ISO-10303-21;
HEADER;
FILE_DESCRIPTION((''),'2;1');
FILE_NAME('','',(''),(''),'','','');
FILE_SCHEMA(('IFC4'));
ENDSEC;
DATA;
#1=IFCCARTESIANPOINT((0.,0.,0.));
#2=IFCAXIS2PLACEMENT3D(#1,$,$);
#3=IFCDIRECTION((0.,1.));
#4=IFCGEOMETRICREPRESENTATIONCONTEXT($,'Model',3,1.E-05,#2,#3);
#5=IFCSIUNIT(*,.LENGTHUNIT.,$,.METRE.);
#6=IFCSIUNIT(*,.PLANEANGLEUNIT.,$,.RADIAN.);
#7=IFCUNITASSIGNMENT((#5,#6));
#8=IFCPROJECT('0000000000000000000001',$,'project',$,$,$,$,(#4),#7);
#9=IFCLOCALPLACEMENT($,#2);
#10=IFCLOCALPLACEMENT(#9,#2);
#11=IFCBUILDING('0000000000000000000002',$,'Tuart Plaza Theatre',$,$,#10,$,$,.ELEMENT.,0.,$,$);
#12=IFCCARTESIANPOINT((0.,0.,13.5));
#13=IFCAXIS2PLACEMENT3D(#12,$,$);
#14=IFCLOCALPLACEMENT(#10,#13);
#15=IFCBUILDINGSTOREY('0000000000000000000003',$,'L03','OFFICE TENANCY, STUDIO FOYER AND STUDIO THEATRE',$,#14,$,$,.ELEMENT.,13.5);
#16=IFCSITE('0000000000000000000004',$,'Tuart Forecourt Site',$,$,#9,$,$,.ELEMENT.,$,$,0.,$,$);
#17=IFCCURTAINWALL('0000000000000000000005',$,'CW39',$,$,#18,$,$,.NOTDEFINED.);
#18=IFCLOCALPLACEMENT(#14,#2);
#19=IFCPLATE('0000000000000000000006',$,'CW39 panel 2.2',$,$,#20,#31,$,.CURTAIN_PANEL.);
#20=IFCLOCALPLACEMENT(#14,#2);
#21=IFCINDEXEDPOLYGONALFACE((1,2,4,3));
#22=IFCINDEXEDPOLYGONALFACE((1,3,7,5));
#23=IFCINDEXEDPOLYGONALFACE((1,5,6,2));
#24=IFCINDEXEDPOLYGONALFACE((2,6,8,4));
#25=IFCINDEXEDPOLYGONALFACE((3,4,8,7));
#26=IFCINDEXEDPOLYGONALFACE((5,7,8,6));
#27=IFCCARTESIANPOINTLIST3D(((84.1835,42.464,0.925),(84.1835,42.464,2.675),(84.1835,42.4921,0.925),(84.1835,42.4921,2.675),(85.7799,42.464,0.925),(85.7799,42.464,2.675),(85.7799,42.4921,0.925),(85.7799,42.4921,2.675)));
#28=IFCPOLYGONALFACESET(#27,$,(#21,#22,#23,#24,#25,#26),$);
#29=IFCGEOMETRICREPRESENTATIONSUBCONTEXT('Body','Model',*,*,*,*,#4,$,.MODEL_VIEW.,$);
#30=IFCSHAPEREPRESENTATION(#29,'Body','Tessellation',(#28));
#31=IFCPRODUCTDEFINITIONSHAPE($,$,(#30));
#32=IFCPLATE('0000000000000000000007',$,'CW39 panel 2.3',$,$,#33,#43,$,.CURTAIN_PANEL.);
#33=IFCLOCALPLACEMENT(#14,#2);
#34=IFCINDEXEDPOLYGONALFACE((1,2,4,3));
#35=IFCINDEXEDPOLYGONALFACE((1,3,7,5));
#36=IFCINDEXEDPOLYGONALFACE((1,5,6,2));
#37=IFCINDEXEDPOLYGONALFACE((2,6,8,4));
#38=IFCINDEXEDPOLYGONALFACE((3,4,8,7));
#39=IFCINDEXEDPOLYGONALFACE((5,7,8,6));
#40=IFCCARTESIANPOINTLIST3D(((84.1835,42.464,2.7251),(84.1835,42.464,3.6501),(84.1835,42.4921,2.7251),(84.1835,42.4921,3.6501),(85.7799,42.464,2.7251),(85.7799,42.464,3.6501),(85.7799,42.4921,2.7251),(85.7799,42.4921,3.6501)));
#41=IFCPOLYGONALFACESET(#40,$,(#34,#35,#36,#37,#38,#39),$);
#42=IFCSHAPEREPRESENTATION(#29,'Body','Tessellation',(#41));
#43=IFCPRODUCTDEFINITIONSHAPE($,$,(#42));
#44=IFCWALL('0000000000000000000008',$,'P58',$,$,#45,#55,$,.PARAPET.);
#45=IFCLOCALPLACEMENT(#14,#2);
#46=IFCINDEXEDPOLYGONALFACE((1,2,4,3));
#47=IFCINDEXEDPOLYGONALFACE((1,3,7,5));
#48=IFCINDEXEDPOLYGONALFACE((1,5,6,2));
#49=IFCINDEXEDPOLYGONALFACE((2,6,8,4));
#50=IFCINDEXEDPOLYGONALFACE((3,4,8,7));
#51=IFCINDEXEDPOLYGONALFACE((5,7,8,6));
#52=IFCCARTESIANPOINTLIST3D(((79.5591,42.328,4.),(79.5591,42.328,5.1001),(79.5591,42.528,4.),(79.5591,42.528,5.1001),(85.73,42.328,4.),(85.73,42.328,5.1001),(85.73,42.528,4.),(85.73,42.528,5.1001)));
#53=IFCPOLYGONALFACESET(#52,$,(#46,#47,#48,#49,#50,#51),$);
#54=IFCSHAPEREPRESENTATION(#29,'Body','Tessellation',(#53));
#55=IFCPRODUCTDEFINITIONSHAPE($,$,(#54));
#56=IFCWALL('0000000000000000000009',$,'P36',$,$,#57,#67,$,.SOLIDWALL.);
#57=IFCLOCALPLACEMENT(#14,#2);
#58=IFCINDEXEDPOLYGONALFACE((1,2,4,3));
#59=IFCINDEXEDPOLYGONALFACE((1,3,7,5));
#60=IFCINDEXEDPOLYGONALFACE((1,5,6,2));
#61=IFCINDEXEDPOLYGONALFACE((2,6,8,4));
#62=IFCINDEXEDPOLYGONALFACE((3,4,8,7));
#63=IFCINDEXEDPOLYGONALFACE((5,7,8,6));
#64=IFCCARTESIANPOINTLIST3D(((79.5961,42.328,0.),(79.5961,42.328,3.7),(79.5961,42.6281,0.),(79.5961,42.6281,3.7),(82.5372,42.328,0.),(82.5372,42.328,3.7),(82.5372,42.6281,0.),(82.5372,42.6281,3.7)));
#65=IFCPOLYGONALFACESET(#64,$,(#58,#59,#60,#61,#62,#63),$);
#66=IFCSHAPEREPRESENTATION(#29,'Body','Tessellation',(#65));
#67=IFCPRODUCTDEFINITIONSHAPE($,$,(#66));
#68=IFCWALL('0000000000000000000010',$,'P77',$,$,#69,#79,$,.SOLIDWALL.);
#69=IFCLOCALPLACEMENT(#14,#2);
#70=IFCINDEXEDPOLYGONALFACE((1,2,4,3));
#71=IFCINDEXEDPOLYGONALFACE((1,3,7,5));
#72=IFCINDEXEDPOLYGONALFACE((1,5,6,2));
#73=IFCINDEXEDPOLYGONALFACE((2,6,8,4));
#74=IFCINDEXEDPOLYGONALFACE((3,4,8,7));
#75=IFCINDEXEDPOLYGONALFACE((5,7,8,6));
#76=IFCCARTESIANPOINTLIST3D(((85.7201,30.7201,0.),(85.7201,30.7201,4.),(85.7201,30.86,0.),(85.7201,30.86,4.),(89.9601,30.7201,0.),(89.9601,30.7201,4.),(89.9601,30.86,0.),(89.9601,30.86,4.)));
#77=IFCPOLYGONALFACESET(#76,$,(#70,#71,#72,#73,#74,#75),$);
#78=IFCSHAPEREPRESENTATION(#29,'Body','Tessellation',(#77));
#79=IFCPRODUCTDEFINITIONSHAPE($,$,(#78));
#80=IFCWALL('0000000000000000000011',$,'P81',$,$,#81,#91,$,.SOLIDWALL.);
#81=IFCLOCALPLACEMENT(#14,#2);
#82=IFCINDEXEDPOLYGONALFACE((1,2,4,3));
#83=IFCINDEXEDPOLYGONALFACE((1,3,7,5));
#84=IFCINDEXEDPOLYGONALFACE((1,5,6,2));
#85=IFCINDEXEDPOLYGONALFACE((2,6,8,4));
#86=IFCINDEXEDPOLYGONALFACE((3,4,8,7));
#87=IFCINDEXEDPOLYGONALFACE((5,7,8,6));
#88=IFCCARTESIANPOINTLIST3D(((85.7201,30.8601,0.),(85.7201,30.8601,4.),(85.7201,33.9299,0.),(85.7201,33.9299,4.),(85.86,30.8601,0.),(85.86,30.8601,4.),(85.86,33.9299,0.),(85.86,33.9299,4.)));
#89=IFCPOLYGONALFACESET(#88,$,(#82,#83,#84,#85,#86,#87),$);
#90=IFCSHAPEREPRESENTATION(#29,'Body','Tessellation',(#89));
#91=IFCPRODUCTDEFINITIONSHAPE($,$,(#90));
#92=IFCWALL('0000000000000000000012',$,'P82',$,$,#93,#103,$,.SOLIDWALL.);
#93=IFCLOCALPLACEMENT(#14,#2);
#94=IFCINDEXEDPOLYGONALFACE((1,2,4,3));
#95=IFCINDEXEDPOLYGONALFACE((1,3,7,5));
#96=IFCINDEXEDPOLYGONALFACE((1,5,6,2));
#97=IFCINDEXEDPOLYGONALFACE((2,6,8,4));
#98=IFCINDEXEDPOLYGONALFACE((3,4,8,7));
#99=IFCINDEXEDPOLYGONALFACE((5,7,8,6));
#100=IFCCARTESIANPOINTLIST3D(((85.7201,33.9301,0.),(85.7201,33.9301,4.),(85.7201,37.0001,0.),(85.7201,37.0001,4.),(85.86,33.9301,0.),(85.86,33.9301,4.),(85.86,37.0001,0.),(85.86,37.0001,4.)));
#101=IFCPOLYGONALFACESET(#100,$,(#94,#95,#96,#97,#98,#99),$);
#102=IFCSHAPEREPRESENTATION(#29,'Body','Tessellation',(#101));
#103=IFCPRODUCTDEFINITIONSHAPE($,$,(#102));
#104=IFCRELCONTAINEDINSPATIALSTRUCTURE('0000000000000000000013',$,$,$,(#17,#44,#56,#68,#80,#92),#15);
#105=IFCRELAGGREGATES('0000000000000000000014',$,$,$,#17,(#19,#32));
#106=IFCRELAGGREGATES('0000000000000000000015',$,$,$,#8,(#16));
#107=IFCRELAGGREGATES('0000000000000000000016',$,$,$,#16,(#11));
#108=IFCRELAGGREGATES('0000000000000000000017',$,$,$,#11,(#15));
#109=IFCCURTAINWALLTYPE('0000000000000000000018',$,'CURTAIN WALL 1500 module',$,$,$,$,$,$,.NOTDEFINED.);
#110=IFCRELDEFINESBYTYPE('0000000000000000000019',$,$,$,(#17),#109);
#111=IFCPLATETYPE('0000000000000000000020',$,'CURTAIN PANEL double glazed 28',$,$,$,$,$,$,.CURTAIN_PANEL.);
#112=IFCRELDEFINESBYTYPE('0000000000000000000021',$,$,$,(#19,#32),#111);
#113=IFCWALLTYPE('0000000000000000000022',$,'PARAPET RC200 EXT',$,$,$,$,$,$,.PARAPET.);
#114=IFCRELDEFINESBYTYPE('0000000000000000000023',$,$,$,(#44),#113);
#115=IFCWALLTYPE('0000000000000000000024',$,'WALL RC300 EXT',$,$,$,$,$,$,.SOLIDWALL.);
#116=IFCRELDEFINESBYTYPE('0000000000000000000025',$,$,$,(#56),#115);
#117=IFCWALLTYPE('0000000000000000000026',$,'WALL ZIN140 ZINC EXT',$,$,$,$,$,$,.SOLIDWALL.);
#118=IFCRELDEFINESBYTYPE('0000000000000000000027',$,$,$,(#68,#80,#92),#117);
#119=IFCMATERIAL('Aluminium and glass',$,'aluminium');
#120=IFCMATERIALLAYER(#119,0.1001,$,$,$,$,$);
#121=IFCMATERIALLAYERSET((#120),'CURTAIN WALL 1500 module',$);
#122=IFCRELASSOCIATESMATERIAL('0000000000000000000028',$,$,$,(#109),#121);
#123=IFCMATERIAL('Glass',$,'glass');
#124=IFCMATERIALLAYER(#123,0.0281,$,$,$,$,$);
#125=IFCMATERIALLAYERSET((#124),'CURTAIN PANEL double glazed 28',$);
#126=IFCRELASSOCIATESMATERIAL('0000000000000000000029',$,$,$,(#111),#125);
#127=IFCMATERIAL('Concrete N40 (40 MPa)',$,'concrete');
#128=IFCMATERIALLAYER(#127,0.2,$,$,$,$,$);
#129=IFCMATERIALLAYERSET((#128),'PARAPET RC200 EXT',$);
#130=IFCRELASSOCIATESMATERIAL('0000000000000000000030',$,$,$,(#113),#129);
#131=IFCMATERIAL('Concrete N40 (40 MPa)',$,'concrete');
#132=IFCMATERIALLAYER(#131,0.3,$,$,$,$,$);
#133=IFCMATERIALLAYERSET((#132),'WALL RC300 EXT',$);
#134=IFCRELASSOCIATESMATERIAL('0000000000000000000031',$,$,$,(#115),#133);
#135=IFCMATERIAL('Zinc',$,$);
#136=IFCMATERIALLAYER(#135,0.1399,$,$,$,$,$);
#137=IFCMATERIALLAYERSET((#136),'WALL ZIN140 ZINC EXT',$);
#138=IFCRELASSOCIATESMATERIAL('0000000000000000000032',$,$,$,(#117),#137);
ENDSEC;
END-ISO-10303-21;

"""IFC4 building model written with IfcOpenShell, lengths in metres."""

from ifc_helpers import new_model, si_unit, direction, frame, frame_2d, origin, origin_2d, place, context, subcontext, project, spatial, rectangle, extrude, material, layer, layer_set, type_object, element, aggregate, save


model = new_model("IFC4")

# Units and contexts
model_context = context("Model", 3, precision=1e-05, world=origin(), true_north=direction((0.0, 1.0)))
body_context = subcontext(model_context, "Body", "Model", "MODEL_VIEW")
ifc_project = project(units=[si_unit("LENGTHUNIT", "METRE"), si_unit("PLANEANGLEUNIT", "RADIAN")], contexts=[model_context])

# Site, building, storey
site_placement = place(None, origin())
site = spatial("IfcSite", under=ifc_project, at=site_placement, Name="Tuart Forecourt Site", CompositionType="ELEMENT", RefElevation=0.0)
building_placement = place(site_placement, origin())
building = spatial("IfcBuilding", under=site, at=building_placement, Name="Tuart Plaza Theatre", CompositionType="ELEMENT", ElevationOfRefHeight=0.0)
storey_placement = place(building_placement, frame((0.0, 0.0, 13.5)))
storey = spatial("IfcBuildingStorey", under=building, at=storey_placement, Name="L03", Description="OFFICE TENANCY, STUDIO FOYER AND STUDIO THEATRE", CompositionType="ELEMENT", Elevation=13.5)

# Curtain wall, plates
ifc_material_1 = material(Name="Aluminium and glass", Category="aluminium")
ifc_layer_1 = layer(ifc_material_1, 0.1001)
ifc_layer_set_1 = layer_set([ifc_layer_1], Name="CURTAIN WALL 1500 module")
curtain_wall_type = type_object("IfcCurtainWallType", Name="CURTAIN WALL 1500 module", PredefinedType="NOTDEFINED", material=ifc_layer_set_1)
curtain_wall_placement = place(storey_placement, origin())
curtain_wall = element("IfcCurtainWall", 1, at=curtain_wall_placement, inside=storey, type_object=curtain_wall_type, Name="CW39", PredefinedType="NOTDEFINED")
ifc_material_2 = material(Name="Glass", Category="glass")
ifc_layer_2 = layer(ifc_material_2, 0.0281)
ifc_layer_set_2 = layer_set([ifc_layer_2], Name="CURTAIN PANEL double glazed 28")
plate_type = type_object("IfcPlateType", Name="CURTAIN PANEL double glazed 28", PredefinedType="CURTAIN_PANEL", material=ifc_layer_set_2)
plate_1_placement = place(storey_placement, frame((84.9817, 42.478, 0.925), z_axis=(0.0, 0.0, 1.0), x_axis=(1.0, 0.0, 0.0)))
plate_1 = element("IfcPlate", 2, at=plate_1_placement, type_object=plate_type, Name="CW39 panel 2.2", PredefinedType="CURTAIN_PANEL", context=body_context, shape_type="SweptSolid", body=[
    extrude(rectangle(XDim=1.5964, YDim=0.0281, at=origin_2d()), origin(), (0.0, 0.0, 1.0), 1.75),
])
plate_2_placement = place(storey_placement, frame((84.9817, 42.478, 2.7251), z_axis=(0.0, 0.0, 1.0), x_axis=(1.0, 0.0, 0.0)))
plate_2 = element("IfcPlate", 3, at=plate_2_placement, type_object=plate_type, Name="CW39 panel 2.3", PredefinedType="CURTAIN_PANEL", context=body_context, shape_type="SweptSolid", body=[
    extrude(rectangle(XDim=1.5964, YDim=0.0281, at=origin_2d()), origin(), (0.0, 0.0, 1.0), 0.925),
])
aggregate(curtain_wall, [plate_1, plate_2])

# Walls
ifc_material_3 = material(Name="Concrete N40 (40 MPa)", Category="concrete")
ifc_layer_3 = layer(ifc_material_3, 0.2)
ifc_layer_set_3 = layer_set([ifc_layer_3], Name="PARAPET RC200 EXT")
wall_type_1 = type_object("IfcWallType", Name="PARAPET RC200 EXT", PredefinedType="PARAPET", material=ifc_layer_set_3)
wall_1_placement = place(storey_placement, frame((85.73, 42.428, 4.0), z_axis=(0.0, 0.0, 1.0), x_axis=(-1.0, 0.0, 0.0)))
element("IfcWall", 4, at=wall_1_placement, inside=storey, type_object=wall_type_1, Name="P58", PredefinedType="PARAPET", context=body_context, shape_type="SweptSolid", body=[
    extrude(rectangle(XDim=6.1709, YDim=0.2, at=frame_2d((3.0854, 0.0))), origin(), (0.0, 0.0, 1.0), 1.1001),
])
ifc_material_4 = material(Name="Concrete N40 (40 MPa)", Category="concrete")
ifc_layer_4 = layer(ifc_material_4, 0.3)
ifc_layer_set_4 = layer_set([ifc_layer_4], Name="WALL RC300 EXT")
wall_type_2 = type_object("IfcWallType", Name="WALL RC300 EXT", PredefinedType="SOLIDWALL", material=ifc_layer_set_4)
wall_2_placement = place(storey_placement, frame((79.5959, 42.478, 0.0), z_axis=(0.0, 0.0, 1.0), x_axis=(1.0, 0.0, 0.0)))
element("IfcWall", 5, at=wall_2_placement, inside=storey, type_object=wall_type_2, Name="P36", PredefinedType="SOLIDWALL", context=body_context, shape_type="SweptSolid", body=[
    extrude(rectangle(XDim=2.9412, YDim=0.3, at=frame_2d((1.4707, 0.0))), origin(), (0.0, 0.0, 1.0), 3.7),
])
ifc_material_5 = material(Name="Zinc")
ifc_layer_5 = layer(ifc_material_5, 0.1399)
ifc_layer_set_5 = layer_set([ifc_layer_5], Name="WALL ZIN140 ZINC EXT")
wall_type_3 = type_object("IfcWallType", Name="WALL ZIN140 ZINC EXT", PredefinedType="SOLIDWALL", material=ifc_layer_set_5)
wall_3_placement = place(storey_placement, frame((85.72, 30.79, 0.0), z_axis=(0.0, 0.0, 1.0), x_axis=(1.0, 0.0, 0.0)))
element("IfcWall", 6, at=wall_3_placement, inside=storey, type_object=wall_type_3, Name="P77", PredefinedType="SOLIDWALL", context=body_context, shape_type="SweptSolid", body=[
    extrude(rectangle(XDim=4.24, YDim=0.1399, at=frame_2d((2.1201, 0.0))), origin(), (0.0, 0.0, 1.0), 4.0),
])
wall_4_placement = place(storey_placement, frame((85.79, 30.8601, 0.0), z_axis=(0.0, 0.0, 1.0), x_axis=(0.0, 1.0, 0.0)))
element("IfcWall", 7, at=wall_4_placement, inside=storey, type_object=wall_type_3, Name="P81", PredefinedType="SOLIDWALL", context=body_context, shape_type="SweptSolid", body=[
    extrude(rectangle(XDim=3.0698, YDim=0.1399, at=frame_2d((1.5349, 0.0))), origin(), (0.0, 0.0, 1.0), 4.0),
])
wall_5_placement = place(storey_placement, frame((85.79, 33.9299, 0.0), z_axis=(0.0, 0.0, 1.0), x_axis=(0.0, 1.0, 0.0)))
element("IfcWall", 8, at=wall_5_placement, inside=storey, type_object=wall_type_3, Name="P82", PredefinedType="SOLIDWALL", context=body_context, shape_type="SweptSolid", body=[
    extrude(rectangle(XDim=3.0701, YDim=0.1399, at=frame_2d((1.5352, 0.0))), origin(), (0.0, 0.0, 1.0), 4.0),
])

save(model, "model.ifc")
